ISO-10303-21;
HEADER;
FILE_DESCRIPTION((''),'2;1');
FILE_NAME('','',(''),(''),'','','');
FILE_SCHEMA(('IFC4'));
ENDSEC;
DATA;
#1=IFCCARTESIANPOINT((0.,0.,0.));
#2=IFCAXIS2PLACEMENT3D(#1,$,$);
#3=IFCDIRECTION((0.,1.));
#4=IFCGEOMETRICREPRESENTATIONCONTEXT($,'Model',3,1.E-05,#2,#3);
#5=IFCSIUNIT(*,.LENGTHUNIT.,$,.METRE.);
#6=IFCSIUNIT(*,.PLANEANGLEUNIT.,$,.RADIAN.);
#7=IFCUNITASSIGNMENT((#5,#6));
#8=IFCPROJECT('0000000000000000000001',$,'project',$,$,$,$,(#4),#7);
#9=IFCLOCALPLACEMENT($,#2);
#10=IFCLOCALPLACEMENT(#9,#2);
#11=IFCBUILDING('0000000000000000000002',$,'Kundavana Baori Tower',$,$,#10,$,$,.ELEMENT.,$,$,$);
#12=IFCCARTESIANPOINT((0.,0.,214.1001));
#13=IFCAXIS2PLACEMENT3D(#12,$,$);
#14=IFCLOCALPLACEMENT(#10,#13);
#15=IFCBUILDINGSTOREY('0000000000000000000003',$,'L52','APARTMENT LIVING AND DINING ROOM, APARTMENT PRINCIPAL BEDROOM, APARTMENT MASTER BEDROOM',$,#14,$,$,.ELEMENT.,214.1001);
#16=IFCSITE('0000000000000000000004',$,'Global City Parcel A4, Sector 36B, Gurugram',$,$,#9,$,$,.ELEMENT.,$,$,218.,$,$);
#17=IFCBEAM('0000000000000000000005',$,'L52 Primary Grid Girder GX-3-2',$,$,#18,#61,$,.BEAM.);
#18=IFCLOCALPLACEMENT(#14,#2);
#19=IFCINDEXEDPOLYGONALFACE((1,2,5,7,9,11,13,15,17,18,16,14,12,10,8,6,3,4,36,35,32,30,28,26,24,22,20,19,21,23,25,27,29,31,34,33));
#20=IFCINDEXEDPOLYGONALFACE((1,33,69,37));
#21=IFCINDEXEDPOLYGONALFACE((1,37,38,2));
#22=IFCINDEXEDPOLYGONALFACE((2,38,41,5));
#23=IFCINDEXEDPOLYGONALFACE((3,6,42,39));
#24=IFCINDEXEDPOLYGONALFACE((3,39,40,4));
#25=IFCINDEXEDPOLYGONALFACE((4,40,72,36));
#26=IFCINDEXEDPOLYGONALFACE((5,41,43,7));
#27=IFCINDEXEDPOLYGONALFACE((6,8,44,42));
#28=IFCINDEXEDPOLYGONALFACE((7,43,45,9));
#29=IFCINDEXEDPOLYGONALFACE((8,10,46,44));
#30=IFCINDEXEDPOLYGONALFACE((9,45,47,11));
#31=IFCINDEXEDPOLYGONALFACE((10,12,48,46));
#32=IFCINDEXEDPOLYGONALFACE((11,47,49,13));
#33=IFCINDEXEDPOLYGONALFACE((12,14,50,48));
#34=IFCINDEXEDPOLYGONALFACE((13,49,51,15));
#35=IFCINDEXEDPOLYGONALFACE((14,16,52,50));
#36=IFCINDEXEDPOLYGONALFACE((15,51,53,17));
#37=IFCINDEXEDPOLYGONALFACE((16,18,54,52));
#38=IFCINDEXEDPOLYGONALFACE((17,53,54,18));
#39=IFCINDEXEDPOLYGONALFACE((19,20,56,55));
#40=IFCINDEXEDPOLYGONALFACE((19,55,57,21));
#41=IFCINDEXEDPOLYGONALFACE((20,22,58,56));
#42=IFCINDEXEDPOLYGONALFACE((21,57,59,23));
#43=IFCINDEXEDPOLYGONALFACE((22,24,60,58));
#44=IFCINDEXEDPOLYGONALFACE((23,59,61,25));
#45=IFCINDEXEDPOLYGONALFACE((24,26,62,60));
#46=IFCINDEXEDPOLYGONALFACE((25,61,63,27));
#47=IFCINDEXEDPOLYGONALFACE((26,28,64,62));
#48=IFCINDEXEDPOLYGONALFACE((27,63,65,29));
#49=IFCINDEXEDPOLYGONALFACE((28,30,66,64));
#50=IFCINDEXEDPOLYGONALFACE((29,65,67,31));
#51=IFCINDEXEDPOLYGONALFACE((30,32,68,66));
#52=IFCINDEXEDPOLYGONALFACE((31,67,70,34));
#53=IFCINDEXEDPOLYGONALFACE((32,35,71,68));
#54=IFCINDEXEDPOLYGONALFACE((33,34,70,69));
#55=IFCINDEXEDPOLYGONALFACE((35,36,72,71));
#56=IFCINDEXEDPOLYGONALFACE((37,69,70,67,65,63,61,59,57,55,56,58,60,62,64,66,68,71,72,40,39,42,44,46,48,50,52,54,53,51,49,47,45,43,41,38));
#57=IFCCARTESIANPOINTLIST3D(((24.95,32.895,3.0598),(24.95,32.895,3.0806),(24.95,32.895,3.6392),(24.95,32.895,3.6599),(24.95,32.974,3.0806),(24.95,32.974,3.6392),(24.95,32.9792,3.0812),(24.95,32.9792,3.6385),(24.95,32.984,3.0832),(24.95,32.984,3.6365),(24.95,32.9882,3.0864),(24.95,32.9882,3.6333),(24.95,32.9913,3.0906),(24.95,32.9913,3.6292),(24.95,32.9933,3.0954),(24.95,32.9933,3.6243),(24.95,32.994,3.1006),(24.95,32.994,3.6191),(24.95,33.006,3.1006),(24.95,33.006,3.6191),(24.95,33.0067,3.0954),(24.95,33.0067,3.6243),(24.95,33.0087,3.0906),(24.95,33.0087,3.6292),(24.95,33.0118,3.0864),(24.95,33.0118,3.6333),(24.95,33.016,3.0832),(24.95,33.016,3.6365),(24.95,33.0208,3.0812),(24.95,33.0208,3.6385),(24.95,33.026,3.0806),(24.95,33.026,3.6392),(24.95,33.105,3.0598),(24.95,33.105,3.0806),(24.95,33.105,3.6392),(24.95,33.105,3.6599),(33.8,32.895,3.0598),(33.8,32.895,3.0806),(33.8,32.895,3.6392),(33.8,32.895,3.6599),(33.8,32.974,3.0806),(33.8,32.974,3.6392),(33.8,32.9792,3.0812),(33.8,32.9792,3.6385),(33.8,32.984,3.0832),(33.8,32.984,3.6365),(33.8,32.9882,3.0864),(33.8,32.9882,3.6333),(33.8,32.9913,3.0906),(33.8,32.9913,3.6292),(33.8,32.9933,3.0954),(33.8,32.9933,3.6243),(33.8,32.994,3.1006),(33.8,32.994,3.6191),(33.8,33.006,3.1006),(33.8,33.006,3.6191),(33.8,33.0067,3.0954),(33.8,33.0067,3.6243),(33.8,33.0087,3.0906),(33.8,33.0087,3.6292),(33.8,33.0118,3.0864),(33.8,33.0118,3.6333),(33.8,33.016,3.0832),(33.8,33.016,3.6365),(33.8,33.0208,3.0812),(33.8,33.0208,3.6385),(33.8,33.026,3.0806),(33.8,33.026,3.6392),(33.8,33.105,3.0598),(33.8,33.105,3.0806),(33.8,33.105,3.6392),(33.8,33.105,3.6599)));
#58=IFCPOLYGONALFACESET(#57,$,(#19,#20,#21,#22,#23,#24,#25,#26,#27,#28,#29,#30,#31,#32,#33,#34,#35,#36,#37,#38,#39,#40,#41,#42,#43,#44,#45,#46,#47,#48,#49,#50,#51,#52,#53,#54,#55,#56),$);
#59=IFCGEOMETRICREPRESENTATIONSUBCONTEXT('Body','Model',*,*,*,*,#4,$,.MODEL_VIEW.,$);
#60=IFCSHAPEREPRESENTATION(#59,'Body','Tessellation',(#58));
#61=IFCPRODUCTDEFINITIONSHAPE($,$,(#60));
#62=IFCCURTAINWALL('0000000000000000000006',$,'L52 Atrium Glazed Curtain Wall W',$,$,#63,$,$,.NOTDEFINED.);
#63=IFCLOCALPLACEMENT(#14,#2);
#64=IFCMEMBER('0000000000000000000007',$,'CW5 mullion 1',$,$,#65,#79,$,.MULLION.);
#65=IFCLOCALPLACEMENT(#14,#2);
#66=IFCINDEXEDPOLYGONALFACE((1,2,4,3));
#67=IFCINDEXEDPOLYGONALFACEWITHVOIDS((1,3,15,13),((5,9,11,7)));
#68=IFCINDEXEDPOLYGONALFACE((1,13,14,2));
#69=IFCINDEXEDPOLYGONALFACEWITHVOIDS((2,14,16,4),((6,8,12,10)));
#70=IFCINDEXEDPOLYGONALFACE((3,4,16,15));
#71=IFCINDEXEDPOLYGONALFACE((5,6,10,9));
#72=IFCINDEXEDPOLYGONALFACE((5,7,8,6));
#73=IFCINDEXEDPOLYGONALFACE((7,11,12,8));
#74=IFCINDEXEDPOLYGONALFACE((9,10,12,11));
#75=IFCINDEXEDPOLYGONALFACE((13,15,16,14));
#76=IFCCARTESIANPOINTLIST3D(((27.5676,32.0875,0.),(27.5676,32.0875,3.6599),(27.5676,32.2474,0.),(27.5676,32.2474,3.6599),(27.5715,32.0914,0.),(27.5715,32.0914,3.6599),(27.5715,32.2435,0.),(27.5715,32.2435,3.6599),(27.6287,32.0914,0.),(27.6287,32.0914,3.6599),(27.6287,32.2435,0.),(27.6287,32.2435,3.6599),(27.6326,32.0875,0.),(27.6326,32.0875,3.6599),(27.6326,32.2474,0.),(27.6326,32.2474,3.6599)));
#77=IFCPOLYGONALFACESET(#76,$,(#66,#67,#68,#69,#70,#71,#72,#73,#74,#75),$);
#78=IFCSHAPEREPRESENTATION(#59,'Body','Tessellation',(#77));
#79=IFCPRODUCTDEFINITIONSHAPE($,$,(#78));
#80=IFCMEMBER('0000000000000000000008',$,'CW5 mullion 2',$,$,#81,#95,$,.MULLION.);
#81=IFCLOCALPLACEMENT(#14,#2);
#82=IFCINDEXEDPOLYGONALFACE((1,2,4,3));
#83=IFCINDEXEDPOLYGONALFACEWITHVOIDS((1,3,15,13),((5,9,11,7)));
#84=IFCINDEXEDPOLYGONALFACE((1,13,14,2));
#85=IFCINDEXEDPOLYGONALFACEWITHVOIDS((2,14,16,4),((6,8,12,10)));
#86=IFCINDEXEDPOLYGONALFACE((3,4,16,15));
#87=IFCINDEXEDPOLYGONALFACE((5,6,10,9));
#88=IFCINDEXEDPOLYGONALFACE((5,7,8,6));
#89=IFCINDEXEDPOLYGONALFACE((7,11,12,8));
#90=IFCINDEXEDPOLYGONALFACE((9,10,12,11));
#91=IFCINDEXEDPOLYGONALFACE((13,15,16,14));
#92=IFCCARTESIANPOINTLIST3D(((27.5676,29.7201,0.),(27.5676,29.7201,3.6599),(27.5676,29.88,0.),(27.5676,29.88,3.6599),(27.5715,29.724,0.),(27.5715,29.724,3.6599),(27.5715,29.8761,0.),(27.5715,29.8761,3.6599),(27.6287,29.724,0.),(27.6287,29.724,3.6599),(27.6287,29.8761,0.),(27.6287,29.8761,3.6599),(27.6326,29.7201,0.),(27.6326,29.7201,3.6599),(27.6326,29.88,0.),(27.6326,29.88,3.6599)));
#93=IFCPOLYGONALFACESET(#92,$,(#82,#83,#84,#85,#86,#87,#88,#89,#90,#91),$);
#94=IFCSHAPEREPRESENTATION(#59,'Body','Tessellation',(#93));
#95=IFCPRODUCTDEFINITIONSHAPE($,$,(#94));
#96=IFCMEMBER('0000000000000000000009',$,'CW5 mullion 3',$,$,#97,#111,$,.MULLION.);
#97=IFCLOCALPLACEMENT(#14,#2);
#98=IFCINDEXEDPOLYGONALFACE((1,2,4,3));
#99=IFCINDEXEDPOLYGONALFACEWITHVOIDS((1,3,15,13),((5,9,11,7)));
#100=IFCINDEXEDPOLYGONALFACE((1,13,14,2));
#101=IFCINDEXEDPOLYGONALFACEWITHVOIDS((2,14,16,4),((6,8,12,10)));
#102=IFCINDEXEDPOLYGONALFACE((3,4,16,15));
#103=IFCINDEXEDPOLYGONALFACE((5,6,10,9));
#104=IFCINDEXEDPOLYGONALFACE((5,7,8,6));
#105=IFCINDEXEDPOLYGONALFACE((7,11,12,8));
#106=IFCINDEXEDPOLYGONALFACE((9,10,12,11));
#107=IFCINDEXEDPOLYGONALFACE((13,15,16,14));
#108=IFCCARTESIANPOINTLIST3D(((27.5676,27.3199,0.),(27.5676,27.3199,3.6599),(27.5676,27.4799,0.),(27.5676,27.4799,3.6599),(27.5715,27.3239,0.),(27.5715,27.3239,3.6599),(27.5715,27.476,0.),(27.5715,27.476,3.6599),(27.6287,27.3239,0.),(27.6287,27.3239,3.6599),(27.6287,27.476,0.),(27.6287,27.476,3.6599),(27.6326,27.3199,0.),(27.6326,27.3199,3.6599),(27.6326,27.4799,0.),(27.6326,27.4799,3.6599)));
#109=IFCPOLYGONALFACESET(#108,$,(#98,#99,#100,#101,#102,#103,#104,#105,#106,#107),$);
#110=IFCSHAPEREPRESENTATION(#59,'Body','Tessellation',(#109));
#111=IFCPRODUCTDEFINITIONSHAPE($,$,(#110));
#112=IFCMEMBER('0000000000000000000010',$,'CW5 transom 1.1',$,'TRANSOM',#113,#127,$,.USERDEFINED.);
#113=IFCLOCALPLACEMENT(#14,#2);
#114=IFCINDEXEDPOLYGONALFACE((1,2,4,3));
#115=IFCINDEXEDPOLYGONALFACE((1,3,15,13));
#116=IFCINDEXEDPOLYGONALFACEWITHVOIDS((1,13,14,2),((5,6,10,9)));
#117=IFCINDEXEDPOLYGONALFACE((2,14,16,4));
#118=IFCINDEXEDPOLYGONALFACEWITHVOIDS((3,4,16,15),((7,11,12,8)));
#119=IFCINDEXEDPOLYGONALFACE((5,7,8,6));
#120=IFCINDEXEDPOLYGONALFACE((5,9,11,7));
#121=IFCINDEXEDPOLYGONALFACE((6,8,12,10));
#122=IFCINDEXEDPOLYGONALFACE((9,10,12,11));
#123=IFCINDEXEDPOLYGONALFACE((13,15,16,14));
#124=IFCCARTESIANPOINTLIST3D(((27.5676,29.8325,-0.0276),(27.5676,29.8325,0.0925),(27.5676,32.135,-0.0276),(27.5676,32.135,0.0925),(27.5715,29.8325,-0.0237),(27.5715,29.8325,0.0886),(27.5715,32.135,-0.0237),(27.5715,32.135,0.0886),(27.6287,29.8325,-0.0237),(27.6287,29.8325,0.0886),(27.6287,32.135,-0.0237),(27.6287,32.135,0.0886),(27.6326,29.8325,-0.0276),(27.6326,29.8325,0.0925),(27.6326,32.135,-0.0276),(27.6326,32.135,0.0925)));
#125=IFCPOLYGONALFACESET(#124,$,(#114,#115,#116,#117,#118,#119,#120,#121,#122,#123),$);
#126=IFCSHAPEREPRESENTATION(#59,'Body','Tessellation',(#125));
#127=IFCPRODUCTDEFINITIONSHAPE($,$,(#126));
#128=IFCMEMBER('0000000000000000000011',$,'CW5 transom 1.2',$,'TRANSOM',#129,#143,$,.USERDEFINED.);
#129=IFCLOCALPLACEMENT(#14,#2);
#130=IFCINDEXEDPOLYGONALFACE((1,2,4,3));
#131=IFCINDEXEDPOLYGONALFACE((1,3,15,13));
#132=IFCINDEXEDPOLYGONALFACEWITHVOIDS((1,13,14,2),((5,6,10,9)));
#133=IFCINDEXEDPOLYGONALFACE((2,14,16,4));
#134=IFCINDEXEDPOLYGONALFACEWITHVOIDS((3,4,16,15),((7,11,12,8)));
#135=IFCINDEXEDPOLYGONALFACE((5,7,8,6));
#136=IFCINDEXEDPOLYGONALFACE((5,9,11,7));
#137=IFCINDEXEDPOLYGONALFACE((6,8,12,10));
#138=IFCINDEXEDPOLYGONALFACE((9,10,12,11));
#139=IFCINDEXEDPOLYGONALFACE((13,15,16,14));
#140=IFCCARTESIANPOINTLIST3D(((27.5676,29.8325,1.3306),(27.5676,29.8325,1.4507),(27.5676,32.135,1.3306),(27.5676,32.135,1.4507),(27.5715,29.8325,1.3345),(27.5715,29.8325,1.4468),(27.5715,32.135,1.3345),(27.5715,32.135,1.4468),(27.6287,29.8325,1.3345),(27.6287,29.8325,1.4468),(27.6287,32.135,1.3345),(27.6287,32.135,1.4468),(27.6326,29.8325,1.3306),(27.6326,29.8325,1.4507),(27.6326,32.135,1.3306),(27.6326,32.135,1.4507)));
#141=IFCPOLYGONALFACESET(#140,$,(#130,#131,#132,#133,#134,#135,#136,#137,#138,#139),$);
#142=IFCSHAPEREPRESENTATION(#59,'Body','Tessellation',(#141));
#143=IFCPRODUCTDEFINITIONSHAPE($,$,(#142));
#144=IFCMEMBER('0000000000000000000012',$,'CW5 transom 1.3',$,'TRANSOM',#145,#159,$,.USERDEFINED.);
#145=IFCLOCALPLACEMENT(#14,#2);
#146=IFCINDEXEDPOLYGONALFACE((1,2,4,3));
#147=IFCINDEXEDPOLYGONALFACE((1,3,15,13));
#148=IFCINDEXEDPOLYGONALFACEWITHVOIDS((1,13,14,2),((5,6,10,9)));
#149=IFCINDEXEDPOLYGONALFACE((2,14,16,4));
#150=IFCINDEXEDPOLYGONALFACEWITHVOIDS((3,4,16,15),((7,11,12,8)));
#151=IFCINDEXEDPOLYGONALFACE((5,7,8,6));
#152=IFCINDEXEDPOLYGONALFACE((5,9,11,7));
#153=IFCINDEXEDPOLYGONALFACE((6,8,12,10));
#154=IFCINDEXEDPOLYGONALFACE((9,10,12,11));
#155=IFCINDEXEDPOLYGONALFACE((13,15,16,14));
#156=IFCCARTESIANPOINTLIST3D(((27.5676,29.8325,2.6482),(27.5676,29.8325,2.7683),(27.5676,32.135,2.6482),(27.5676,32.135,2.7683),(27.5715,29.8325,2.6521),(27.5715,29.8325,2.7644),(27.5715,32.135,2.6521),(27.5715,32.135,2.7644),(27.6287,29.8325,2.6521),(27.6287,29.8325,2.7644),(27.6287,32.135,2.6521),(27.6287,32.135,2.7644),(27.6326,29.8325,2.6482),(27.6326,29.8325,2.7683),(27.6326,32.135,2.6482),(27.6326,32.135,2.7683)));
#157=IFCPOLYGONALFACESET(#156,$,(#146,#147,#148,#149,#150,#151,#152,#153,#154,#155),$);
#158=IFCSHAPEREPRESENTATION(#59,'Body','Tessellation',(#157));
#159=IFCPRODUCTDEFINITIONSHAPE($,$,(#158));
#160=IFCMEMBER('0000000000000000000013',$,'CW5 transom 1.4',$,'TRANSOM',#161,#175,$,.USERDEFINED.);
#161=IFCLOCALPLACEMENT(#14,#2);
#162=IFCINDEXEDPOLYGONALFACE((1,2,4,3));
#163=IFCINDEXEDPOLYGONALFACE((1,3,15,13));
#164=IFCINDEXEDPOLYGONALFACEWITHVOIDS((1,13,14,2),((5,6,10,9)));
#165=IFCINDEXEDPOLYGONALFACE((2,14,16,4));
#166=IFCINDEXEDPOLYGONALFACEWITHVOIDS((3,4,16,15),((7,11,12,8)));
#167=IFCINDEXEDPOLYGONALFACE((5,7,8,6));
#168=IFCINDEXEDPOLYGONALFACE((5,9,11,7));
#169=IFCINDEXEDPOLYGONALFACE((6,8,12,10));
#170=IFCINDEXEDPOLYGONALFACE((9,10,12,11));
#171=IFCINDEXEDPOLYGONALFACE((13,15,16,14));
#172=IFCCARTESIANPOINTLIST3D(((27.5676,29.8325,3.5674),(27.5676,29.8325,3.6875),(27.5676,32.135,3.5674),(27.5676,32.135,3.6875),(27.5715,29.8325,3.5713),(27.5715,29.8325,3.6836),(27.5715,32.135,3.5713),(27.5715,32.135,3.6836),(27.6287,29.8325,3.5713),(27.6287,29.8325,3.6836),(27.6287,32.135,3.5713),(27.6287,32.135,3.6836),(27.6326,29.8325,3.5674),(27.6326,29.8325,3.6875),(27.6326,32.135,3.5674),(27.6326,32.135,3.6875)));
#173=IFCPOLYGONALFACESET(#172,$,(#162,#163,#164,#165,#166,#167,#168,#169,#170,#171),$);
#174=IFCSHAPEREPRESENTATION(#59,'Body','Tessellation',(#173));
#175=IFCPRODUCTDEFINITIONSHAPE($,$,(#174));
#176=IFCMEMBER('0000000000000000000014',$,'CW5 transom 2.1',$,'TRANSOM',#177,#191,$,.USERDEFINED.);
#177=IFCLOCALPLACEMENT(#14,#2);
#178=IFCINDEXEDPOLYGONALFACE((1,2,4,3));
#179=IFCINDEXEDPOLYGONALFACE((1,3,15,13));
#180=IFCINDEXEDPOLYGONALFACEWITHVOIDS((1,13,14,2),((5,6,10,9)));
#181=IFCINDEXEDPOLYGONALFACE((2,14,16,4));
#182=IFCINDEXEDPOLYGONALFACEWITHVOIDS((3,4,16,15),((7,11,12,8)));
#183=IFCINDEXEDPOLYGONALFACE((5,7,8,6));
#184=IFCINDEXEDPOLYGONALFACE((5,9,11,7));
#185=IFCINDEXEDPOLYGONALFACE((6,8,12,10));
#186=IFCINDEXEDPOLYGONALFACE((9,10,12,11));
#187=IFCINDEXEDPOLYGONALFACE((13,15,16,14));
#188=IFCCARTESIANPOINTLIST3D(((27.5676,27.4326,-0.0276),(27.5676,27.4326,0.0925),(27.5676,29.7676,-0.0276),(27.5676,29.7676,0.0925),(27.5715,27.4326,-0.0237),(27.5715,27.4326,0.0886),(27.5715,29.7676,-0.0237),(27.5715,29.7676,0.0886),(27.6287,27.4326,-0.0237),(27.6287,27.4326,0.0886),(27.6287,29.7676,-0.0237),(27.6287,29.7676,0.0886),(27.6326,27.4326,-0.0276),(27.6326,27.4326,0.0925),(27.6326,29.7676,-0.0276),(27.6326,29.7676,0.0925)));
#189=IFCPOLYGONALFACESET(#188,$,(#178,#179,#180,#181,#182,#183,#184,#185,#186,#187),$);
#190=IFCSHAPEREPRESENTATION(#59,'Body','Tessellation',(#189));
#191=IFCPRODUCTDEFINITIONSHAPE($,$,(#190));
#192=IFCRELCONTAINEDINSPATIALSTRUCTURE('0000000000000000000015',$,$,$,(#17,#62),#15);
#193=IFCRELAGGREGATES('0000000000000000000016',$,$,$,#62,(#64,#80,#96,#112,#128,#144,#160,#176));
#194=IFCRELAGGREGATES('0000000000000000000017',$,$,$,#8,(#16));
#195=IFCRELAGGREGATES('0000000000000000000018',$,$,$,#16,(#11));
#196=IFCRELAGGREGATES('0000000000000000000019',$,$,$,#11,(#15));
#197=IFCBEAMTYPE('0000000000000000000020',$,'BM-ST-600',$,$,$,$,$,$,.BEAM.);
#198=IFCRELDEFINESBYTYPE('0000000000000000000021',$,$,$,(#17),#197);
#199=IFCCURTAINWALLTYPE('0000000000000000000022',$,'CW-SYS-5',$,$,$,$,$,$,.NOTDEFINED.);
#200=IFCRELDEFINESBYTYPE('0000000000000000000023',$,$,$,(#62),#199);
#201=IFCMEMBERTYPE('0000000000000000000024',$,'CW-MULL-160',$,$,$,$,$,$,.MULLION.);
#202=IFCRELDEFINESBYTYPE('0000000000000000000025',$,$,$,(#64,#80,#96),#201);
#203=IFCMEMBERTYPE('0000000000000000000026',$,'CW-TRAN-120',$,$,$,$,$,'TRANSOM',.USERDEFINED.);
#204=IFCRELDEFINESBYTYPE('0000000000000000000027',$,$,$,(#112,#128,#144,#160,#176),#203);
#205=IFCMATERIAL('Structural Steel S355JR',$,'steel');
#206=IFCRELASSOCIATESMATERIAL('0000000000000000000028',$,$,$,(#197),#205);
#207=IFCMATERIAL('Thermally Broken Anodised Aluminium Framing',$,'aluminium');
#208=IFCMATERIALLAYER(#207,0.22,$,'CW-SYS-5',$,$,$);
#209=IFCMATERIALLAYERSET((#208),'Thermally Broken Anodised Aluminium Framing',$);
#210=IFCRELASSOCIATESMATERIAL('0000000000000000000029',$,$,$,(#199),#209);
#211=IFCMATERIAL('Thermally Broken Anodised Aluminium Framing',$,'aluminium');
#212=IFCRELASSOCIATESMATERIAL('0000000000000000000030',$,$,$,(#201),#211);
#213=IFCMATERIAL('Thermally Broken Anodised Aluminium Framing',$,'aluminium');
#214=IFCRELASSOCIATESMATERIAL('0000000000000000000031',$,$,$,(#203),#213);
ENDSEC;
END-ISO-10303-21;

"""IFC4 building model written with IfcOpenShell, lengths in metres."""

from ifc_helpers import new_model, si_unit, direction, frame, origin, origin_2d, place, context, subcontext, project, spatial, hollow_rectangle, i_section, extrude, material, layer, layer_set, material_profile, profile_set, type_object, element, aggregate, save


model = new_model("IFC4")

# Units and contexts
model_context = context("Model", 3, precision=1e-05, world=origin(), true_north=direction((0.0, 1.0)))
body_context = subcontext(model_context, "Body", "Model", "MODEL_VIEW")
ifc_project = project(units=[si_unit("LENGTHUNIT", "METRE"), si_unit("PLANEANGLEUNIT", "RADIAN")], contexts=[model_context])

# Site, building, storey
site_placement = place(None, origin())
site = spatial("IfcSite", under=ifc_project, at=site_placement, Name="Global City Parcel A4, Sector 36B, Gurugram", CompositionType="ELEMENT", RefElevation=218.0)
building_placement = place(site_placement, origin())
building = spatial("IfcBuilding", under=site, at=building_placement, Name="Kundavana Baori Tower", CompositionType="ELEMENT")
storey_placement = place(building_placement, frame((0.0, 0.0, 214.1001)))
storey = spatial("IfcBuildingStorey", under=building, at=storey_placement, Name="L52", Description="APARTMENT LIVING AND DINING ROOM, APARTMENT PRINCIPAL BEDROOM, APARTMENT MASTER BEDROOM", CompositionType="ELEMENT", Elevation=214.1001)

# Beam
ifc_material_1 = material(Name="Structural Steel S355JR", Category="steel")
ifc_material_profile_1 = material_profile(ifc_material_1, i_section(OverallWidth=0.21, OverallDepth=0.6001, WebThickness=0.012, FlangeThickness=0.0208, FilletRadius=0.02, at=origin_2d()), Name="ISMB 600")
ifc_profile_set_1 = profile_set([ifc_material_profile_1], Name="Structural Steel S355JR")
beam_type = type_object("IfcBeamType", Name="BM-ST-600", PredefinedType="BEAM", material=ifc_profile_set_1)
beam_placement = place(storey_placement, frame((24.95, 33.0, 3.3599), z_axis=(1.0, 0.0, 0.0), x_axis=(0.0, 1.0, 0.0)))
element("IfcBeam", 1, at=beam_placement, inside=storey, type_object=beam_type, Name="L52 Primary Grid Girder GX-3-2", PredefinedType="BEAM", context=body_context, shape_type="SweptSolid", body=[
    extrude(i_section(OverallWidth=0.21, OverallDepth=0.6001, WebThickness=0.012, FlangeThickness=0.0208, FilletRadius=0.02, at=origin_2d()), origin(), (0.0, 0.0, 1.0), 8.8501),
])

# Curtain wall, members
ifc_material_2 = material(Name="Thermally Broken Anodised Aluminium Framing", Category="aluminium")
ifc_layer_1 = layer(ifc_material_2, 0.22, Name="CW-SYS-5")
ifc_layer_set_1 = layer_set([ifc_layer_1], Name="Thermally Broken Anodised Aluminium Framing")
curtain_wall_type = type_object("IfcCurtainWallType", Name="CW-SYS-5", PredefinedType="NOTDEFINED", material=ifc_layer_set_1)
curtain_wall_placement = place(storey_placement, origin())
curtain_wall = element("IfcCurtainWall", 2, at=curtain_wall_placement, inside=storey, type_object=curtain_wall_type, Name="L52 Atrium Glazed Curtain Wall W", PredefinedType="NOTDEFINED")
ifc_material_3 = material(Name="Thermally Broken Anodised Aluminium Framing", Category="aluminium")
ifc_material_profile_2 = material_profile(ifc_material_3, hollow_rectangle(XDim=0.0649, YDim=0.1599, WallThickness=0.0039, at=origin_2d()), Name="CW-MULL-160")
ifc_profile_set_2 = profile_set([ifc_material_profile_2], Name="Thermally Broken Anodised Aluminium Framing")
member_type_1 = type_object("IfcMemberType", Name="CW-MULL-160", PredefinedType="MULLION", material=ifc_profile_set_2)
member_1_placement = place(storey_placement, frame((27.6001, 32.1675, 0.0), z_axis=(0.0, 0.0, 1.0), x_axis=(1.0, 0.0, 0.0)))
member_1 = element("IfcMember", 3, at=member_1_placement, type_object=member_type_1, Name="CW5 mullion 1", PredefinedType="MULLION", context=body_context, shape_type="SweptSolid", body=[
    extrude(hollow_rectangle(XDim=0.0649, YDim=0.1599, WallThickness=0.0039, at=origin_2d()), origin(), (0.0, 0.0, 1.0), 3.6599),
])
member_2_placement = place(storey_placement, frame((27.6001, 29.8, 0.0), z_axis=(0.0, 0.0, 1.0), x_axis=(1.0, 0.0, 0.0)))
member_2 = element("IfcMember", 4, at=member_2_placement, type_object=member_type_1, Name="CW5 mullion 2", PredefinedType="MULLION", context=body_context, shape_type="SweptSolid", body=[
    extrude(hollow_rectangle(XDim=0.0649, YDim=0.1599, WallThickness=0.0039, at=origin_2d()), origin(), (0.0, 0.0, 1.0), 3.6599),
])
member_3_placement = place(storey_placement, frame((27.6001, 27.3999, 0.0), z_axis=(0.0, 0.0, 1.0), x_axis=(1.0, 0.0, 0.0)))
member_3 = element("IfcMember", 5, at=member_3_placement, type_object=member_type_1, Name="CW5 mullion 3", PredefinedType="MULLION", context=body_context, shape_type="SweptSolid", body=[
    extrude(hollow_rectangle(XDim=0.0649, YDim=0.1599, WallThickness=0.0039, at=origin_2d()), origin(), (0.0, 0.0, 1.0), 3.6599),
])
ifc_material_4 = material(Name="Thermally Broken Anodised Aluminium Framing", Category="aluminium")
ifc_material_profile_3 = material_profile(ifc_material_4, hollow_rectangle(XDim=0.0649, YDim=0.1201, WallThickness=0.0039, at=origin_2d()), Name="CW-TRAN-120")
ifc_profile_set_3 = profile_set([ifc_material_profile_3], Name="Thermally Broken Anodised Aluminium Framing")
member_type_2 = type_object("IfcMemberType", Name="CW-TRAN-120", ElementType="TRANSOM", PredefinedType="USERDEFINED", material=ifc_profile_set_3)
member_4_placement = place(storey_placement, frame((27.6001, 32.135, 0.0325), z_axis=(0.0, -1.0, 0.0), x_axis=(1.0, 0.0, 0.0)))
member_4 = element("IfcMember", 6, at=member_4_placement, type_object=member_type_2, Name="CW5 transom 1.1", ObjectType="TRANSOM", PredefinedType="USERDEFINED", context=body_context, shape_type="SweptSolid", body=[
    extrude(hollow_rectangle(XDim=0.0649, YDim=0.1201, WallThickness=0.0039, at=origin_2d()), origin(), (0.0, 0.0, 1.0), 2.3025),
])
member_5_placement = place(storey_placement, frame((27.6001, 32.135, 1.3906), z_axis=(0.0, -1.0, 0.0), x_axis=(1.0, 0.0, 0.0)))
member_5 = element("IfcMember", 7, at=member_5_placement, type_object=member_type_2, Name="CW5 transom 1.2", ObjectType="TRANSOM", PredefinedType="USERDEFINED", context=body_context, shape_type="SweptSolid", body=[
    extrude(hollow_rectangle(XDim=0.0649, YDim=0.1201, WallThickness=0.0039, at=origin_2d()), origin(), (0.0, 0.0, 1.0), 2.3025),
])
member_6_placement = place(storey_placement, frame((27.6001, 32.135, 2.7083), z_axis=(0.0, -1.0, 0.0), x_axis=(1.0, 0.0, 0.0)))
member_6 = element("IfcMember", 8, at=member_6_placement, type_object=member_type_2, Name="CW5 transom 1.3", ObjectType="TRANSOM", PredefinedType="USERDEFINED", context=body_context, shape_type="SweptSolid", body=[
    extrude(hollow_rectangle(XDim=0.0649, YDim=0.1201, WallThickness=0.0039, at=origin_2d()), origin(), (0.0, 0.0, 1.0), 2.3025),
])
member_7_placement = place(storey_placement, frame((27.6001, 32.135, 3.6274), z_axis=(0.0, -1.0, 0.0), x_axis=(1.0, 0.0, 0.0)))
member_7 = element("IfcMember", 9, at=member_7_placement, type_object=member_type_2, Name="CW5 transom 1.4", ObjectType="TRANSOM", PredefinedType="USERDEFINED", context=body_context, shape_type="SweptSolid", body=[
    extrude(hollow_rectangle(XDim=0.0649, YDim=0.1201, WallThickness=0.0039, at=origin_2d()), origin(), (0.0, 0.0, 1.0), 2.3025),
])
member_8_placement = place(storey_placement, frame((27.6001, 29.7676, 0.0325), z_axis=(0.0, -1.0, 0.0), x_axis=(1.0, 0.0, 0.0)))
member_8 = element("IfcMember", 10, at=member_8_placement, type_object=member_type_2, Name="CW5 transom 2.1", ObjectType="TRANSOM", PredefinedType="USERDEFINED", context=body_context, shape_type="SweptSolid", body=[
    extrude(hollow_rectangle(XDim=0.0649, YDim=0.1201, WallThickness=0.0039, at=origin_2d()), origin(), (0.0, 0.0, 1.0), 2.335),
])
aggregate(curtain_wall, [member_1, member_2, member_3, member_4, member_5, member_6, member_7, member_8])

save(model, "model.ifc")
